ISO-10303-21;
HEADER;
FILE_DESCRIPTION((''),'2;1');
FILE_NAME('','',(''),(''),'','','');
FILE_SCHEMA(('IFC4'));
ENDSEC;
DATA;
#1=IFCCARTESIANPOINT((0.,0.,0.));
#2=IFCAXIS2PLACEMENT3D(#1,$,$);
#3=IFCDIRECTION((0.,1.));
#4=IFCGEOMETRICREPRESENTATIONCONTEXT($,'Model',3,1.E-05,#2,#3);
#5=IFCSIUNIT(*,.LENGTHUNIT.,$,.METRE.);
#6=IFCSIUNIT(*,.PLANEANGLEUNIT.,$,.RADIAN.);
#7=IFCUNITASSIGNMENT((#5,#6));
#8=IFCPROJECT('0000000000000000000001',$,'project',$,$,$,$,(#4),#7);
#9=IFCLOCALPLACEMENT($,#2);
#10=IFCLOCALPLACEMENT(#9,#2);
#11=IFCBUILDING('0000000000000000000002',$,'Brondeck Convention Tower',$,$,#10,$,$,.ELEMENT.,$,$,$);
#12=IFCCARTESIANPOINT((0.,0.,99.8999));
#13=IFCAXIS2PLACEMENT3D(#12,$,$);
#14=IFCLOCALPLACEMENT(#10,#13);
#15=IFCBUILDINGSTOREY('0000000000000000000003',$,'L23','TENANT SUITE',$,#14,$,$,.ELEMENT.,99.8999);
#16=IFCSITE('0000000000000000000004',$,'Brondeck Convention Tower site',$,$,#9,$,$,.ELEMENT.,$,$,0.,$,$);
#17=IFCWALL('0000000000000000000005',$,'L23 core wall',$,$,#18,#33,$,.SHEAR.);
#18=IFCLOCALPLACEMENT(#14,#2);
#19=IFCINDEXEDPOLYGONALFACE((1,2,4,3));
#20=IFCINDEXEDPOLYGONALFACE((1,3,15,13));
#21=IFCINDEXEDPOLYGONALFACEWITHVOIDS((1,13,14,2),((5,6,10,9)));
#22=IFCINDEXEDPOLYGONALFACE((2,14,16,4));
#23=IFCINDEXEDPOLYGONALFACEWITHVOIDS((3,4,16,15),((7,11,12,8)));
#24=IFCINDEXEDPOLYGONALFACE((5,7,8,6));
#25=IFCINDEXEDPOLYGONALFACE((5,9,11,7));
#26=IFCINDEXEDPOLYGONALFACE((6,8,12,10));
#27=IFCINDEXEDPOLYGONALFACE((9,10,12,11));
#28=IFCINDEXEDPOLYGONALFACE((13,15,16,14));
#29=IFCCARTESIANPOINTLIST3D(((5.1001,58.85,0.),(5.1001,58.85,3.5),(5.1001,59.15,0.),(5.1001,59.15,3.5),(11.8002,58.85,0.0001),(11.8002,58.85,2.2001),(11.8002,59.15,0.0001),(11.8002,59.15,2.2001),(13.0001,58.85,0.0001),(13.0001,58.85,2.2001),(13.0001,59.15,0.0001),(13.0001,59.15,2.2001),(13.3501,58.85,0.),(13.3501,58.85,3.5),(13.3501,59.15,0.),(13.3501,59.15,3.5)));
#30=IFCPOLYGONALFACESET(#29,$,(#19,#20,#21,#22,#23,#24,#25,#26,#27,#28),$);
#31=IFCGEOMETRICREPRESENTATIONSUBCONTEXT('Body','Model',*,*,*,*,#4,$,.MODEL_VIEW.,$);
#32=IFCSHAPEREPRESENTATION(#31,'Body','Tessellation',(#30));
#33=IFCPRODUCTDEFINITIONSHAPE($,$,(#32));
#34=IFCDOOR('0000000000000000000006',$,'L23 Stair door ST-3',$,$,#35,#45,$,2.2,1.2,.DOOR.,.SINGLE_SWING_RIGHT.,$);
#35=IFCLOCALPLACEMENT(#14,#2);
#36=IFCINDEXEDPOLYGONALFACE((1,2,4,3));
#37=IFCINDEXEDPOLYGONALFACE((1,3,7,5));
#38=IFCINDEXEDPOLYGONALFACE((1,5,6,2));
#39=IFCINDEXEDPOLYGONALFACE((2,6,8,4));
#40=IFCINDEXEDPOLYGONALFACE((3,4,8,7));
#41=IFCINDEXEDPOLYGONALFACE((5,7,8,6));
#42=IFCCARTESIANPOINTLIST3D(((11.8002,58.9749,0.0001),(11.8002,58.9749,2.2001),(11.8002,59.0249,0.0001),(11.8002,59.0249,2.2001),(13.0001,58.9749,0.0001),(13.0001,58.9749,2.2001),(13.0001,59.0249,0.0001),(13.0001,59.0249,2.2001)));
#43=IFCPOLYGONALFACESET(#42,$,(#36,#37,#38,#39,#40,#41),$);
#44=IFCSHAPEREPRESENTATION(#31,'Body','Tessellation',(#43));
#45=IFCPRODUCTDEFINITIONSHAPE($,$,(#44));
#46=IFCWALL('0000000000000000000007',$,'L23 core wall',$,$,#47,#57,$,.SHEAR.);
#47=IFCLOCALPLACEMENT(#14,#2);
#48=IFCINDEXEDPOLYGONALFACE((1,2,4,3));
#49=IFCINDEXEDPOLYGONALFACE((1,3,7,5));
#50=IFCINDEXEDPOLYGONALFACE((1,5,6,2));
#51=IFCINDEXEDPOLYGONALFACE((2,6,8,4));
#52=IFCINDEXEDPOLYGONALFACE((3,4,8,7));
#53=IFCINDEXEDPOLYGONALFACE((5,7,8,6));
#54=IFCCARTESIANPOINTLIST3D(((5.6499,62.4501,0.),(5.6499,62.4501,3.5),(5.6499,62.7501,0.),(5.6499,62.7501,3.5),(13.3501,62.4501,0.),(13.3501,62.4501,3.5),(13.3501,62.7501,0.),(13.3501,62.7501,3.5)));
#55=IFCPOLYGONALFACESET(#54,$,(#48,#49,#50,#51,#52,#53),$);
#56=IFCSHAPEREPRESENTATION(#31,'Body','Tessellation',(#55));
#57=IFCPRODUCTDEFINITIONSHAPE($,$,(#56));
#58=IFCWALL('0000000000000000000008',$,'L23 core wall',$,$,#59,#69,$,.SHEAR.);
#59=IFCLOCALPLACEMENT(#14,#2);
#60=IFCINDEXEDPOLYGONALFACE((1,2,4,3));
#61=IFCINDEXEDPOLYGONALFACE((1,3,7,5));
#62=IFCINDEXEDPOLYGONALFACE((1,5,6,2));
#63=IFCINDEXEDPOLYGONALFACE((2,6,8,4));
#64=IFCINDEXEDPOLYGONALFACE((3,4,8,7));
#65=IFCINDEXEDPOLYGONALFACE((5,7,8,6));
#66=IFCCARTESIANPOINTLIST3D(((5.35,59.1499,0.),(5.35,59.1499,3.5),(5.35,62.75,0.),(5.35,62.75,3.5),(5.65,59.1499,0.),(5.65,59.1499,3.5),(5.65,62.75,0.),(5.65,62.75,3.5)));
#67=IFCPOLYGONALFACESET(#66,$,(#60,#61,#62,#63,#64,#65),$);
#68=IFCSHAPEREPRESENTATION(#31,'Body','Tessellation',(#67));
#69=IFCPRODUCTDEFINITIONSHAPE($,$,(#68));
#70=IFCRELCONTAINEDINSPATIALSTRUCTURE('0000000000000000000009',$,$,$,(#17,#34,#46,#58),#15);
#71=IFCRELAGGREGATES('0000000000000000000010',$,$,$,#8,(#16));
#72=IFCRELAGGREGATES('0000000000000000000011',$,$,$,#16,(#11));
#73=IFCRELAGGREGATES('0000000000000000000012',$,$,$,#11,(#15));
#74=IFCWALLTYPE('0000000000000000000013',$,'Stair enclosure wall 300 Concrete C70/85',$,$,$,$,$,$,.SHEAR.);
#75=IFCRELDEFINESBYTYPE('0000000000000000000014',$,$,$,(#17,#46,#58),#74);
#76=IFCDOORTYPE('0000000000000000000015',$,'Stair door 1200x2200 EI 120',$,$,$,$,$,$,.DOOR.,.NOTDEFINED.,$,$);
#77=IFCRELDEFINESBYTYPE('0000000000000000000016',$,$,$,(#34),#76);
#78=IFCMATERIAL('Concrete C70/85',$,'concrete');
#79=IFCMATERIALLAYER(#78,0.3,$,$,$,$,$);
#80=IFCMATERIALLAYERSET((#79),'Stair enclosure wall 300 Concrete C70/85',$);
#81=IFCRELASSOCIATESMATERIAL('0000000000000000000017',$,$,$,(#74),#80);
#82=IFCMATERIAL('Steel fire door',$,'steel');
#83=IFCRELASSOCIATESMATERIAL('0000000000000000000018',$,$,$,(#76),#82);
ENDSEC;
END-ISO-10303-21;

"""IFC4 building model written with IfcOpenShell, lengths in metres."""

from ifc_helpers import new_model, si_unit, direction, frame, frame_2d, origin, place, context, subcontext, project, spatial, rectangle, extrude, material, layer, layer_set, type_object, element, fill, save


model = new_model("IFC4")

# Units and contexts
model_context = context("Model", 3, precision=1e-05, world=origin(), true_north=direction((0.0, 1.0)))
body_context = subcontext(model_context, "Body", "Model", "MODEL_VIEW")
ifc_project = project(units=[si_unit("LENGTHUNIT", "METRE"), si_unit("PLANEANGLEUNIT", "RADIAN")], contexts=[model_context])

# Site, building, storey
site_placement = place(None, origin())
site = spatial("IfcSite", under=ifc_project, at=site_placement, Name="Brondeck Convention Tower site", CompositionType="ELEMENT", RefElevation=0.0)
building_placement = place(site_placement, origin())
building = spatial("IfcBuilding", under=site, at=building_placement, Name="Brondeck Convention Tower", CompositionType="ELEMENT")
storey_placement = place(building_placement, frame((0.0, 0.0, 99.8999)))
storey = spatial("IfcBuildingStorey", under=building, at=storey_placement, Name="L23", Description="TENANT SUITE", CompositionType="ELEMENT", Elevation=99.8999)

# Shared definitions
ifc_material_1 = material(Name="Concrete C70/85", Category="concrete")

# Wall, opening, door
ifc_layer_1 = layer(ifc_material_1, 0.3)
ifc_layer_set_1 = layer_set([ifc_layer_1], Name="Stair enclosure wall 300 Concrete C70/85")
wall_type_1 = type_object("IfcWallType", Name="Stair enclosure wall 300 Concrete C70/85", PredefinedType="SHEAR", material=ifc_layer_set_1)
wall_1_placement = place(storey_placement, frame((5.1001, 59.0, 0.0), z_axis=(0.0, 0.0, 1.0), x_axis=(1.0, 0.0, 0.0)))
wall_1 = element("IfcWall", 1, at=wall_1_placement, inside=storey, type_object=wall_type_1, Name="L23 core wall", PredefinedType="SHEAR", context=body_context, shape_type="SweptSolid", body=[
    extrude(rectangle(XDim=8.25, YDim=0.3, at=frame_2d((4.125, 0.0))), origin(), (0.0, 0.0, 1.0), 3.5),
])
opening_1_placement = place(wall_1_placement, frame((6.7, 0.0, 0.0)))
opening_1 = element("IfcOpeningElement", 2, at=opening_1_placement, cuts=wall_1, PredefinedType="OPENING", context=body_context, shape_type="SweptSolid", body=[
    extrude(rectangle(XDim=1.2, YDim=2.2, at=frame_2d((0.6001, 1.1001))), frame((0.0, 0.1599, 0.0), z_axis=(0.0, -1.0, 0.0), x_axis=(1.0, 0.0, 0.0)), (0.0, 0.0, 1.0), 0.3201),
])
ifc_material_2 = material(Name="Steel fire door", Category="steel")
door_type_1 = type_object("IfcDoorType", Name="Stair door 1200x2200 EI 120", OperationType="NOTDEFINED", PredefinedType="DOOR", material=ifc_material_2)
door_1_placement = place(opening_1_placement, origin())
door_1 = element("IfcDoor", 3, at=door_1_placement, inside=storey, type_object=door_type_1, Name="L23 Stair door ST-3", OperationType="SINGLE_SWING_RIGHT", OverallHeight=2.2, OverallWidth=1.2, PredefinedType="DOOR", context=body_context, shape_type="SweptSolid", body=[
    extrude(rectangle(XDim=1.2, YDim=2.2, at=frame_2d((0.6001, 1.1001))), frame((0.0, 0.0249, 0.0), z_axis=(0.0, -1.0, 0.0), x_axis=(1.0, 0.0, 0.0)), (0.0, 0.0, 1.0), 0.05),
])
fill(opening_1, door_1)

# Walls
wall_2_placement = place(storey_placement, frame((5.6499, 62.6001, 0.0), z_axis=(0.0, 0.0, 1.0), x_axis=(1.0, 0.0, 0.0)))
element("IfcWall", 4, at=wall_2_placement, inside=storey, type_object=wall_type_1, Name="L23 core wall", PredefinedType="SHEAR", context=body_context, shape_type="SweptSolid", body=[
    extrude(rectangle(XDim=7.7002, YDim=0.3, at=frame_2d((3.8501, 0.0))), origin(), (0.0, 0.0, 1.0), 3.5),
])
wall_3_placement = place(storey_placement, frame((5.5, 59.1499, 0.0), z_axis=(0.0, 0.0, 1.0), x_axis=(0.0, 1.0, 0.0)))
element("IfcWall", 5, at=wall_3_placement, inside=storey, type_object=wall_type_1, Name="L23 core wall", PredefinedType="SHEAR", context=body_context, shape_type="SweptSolid", body=[
    extrude(rectangle(XDim=3.6001, YDim=0.3, at=frame_2d((1.8, 0.0))), origin(), (0.0, 0.0, 1.0), 3.5),
])

save(model, "model.ifc")
